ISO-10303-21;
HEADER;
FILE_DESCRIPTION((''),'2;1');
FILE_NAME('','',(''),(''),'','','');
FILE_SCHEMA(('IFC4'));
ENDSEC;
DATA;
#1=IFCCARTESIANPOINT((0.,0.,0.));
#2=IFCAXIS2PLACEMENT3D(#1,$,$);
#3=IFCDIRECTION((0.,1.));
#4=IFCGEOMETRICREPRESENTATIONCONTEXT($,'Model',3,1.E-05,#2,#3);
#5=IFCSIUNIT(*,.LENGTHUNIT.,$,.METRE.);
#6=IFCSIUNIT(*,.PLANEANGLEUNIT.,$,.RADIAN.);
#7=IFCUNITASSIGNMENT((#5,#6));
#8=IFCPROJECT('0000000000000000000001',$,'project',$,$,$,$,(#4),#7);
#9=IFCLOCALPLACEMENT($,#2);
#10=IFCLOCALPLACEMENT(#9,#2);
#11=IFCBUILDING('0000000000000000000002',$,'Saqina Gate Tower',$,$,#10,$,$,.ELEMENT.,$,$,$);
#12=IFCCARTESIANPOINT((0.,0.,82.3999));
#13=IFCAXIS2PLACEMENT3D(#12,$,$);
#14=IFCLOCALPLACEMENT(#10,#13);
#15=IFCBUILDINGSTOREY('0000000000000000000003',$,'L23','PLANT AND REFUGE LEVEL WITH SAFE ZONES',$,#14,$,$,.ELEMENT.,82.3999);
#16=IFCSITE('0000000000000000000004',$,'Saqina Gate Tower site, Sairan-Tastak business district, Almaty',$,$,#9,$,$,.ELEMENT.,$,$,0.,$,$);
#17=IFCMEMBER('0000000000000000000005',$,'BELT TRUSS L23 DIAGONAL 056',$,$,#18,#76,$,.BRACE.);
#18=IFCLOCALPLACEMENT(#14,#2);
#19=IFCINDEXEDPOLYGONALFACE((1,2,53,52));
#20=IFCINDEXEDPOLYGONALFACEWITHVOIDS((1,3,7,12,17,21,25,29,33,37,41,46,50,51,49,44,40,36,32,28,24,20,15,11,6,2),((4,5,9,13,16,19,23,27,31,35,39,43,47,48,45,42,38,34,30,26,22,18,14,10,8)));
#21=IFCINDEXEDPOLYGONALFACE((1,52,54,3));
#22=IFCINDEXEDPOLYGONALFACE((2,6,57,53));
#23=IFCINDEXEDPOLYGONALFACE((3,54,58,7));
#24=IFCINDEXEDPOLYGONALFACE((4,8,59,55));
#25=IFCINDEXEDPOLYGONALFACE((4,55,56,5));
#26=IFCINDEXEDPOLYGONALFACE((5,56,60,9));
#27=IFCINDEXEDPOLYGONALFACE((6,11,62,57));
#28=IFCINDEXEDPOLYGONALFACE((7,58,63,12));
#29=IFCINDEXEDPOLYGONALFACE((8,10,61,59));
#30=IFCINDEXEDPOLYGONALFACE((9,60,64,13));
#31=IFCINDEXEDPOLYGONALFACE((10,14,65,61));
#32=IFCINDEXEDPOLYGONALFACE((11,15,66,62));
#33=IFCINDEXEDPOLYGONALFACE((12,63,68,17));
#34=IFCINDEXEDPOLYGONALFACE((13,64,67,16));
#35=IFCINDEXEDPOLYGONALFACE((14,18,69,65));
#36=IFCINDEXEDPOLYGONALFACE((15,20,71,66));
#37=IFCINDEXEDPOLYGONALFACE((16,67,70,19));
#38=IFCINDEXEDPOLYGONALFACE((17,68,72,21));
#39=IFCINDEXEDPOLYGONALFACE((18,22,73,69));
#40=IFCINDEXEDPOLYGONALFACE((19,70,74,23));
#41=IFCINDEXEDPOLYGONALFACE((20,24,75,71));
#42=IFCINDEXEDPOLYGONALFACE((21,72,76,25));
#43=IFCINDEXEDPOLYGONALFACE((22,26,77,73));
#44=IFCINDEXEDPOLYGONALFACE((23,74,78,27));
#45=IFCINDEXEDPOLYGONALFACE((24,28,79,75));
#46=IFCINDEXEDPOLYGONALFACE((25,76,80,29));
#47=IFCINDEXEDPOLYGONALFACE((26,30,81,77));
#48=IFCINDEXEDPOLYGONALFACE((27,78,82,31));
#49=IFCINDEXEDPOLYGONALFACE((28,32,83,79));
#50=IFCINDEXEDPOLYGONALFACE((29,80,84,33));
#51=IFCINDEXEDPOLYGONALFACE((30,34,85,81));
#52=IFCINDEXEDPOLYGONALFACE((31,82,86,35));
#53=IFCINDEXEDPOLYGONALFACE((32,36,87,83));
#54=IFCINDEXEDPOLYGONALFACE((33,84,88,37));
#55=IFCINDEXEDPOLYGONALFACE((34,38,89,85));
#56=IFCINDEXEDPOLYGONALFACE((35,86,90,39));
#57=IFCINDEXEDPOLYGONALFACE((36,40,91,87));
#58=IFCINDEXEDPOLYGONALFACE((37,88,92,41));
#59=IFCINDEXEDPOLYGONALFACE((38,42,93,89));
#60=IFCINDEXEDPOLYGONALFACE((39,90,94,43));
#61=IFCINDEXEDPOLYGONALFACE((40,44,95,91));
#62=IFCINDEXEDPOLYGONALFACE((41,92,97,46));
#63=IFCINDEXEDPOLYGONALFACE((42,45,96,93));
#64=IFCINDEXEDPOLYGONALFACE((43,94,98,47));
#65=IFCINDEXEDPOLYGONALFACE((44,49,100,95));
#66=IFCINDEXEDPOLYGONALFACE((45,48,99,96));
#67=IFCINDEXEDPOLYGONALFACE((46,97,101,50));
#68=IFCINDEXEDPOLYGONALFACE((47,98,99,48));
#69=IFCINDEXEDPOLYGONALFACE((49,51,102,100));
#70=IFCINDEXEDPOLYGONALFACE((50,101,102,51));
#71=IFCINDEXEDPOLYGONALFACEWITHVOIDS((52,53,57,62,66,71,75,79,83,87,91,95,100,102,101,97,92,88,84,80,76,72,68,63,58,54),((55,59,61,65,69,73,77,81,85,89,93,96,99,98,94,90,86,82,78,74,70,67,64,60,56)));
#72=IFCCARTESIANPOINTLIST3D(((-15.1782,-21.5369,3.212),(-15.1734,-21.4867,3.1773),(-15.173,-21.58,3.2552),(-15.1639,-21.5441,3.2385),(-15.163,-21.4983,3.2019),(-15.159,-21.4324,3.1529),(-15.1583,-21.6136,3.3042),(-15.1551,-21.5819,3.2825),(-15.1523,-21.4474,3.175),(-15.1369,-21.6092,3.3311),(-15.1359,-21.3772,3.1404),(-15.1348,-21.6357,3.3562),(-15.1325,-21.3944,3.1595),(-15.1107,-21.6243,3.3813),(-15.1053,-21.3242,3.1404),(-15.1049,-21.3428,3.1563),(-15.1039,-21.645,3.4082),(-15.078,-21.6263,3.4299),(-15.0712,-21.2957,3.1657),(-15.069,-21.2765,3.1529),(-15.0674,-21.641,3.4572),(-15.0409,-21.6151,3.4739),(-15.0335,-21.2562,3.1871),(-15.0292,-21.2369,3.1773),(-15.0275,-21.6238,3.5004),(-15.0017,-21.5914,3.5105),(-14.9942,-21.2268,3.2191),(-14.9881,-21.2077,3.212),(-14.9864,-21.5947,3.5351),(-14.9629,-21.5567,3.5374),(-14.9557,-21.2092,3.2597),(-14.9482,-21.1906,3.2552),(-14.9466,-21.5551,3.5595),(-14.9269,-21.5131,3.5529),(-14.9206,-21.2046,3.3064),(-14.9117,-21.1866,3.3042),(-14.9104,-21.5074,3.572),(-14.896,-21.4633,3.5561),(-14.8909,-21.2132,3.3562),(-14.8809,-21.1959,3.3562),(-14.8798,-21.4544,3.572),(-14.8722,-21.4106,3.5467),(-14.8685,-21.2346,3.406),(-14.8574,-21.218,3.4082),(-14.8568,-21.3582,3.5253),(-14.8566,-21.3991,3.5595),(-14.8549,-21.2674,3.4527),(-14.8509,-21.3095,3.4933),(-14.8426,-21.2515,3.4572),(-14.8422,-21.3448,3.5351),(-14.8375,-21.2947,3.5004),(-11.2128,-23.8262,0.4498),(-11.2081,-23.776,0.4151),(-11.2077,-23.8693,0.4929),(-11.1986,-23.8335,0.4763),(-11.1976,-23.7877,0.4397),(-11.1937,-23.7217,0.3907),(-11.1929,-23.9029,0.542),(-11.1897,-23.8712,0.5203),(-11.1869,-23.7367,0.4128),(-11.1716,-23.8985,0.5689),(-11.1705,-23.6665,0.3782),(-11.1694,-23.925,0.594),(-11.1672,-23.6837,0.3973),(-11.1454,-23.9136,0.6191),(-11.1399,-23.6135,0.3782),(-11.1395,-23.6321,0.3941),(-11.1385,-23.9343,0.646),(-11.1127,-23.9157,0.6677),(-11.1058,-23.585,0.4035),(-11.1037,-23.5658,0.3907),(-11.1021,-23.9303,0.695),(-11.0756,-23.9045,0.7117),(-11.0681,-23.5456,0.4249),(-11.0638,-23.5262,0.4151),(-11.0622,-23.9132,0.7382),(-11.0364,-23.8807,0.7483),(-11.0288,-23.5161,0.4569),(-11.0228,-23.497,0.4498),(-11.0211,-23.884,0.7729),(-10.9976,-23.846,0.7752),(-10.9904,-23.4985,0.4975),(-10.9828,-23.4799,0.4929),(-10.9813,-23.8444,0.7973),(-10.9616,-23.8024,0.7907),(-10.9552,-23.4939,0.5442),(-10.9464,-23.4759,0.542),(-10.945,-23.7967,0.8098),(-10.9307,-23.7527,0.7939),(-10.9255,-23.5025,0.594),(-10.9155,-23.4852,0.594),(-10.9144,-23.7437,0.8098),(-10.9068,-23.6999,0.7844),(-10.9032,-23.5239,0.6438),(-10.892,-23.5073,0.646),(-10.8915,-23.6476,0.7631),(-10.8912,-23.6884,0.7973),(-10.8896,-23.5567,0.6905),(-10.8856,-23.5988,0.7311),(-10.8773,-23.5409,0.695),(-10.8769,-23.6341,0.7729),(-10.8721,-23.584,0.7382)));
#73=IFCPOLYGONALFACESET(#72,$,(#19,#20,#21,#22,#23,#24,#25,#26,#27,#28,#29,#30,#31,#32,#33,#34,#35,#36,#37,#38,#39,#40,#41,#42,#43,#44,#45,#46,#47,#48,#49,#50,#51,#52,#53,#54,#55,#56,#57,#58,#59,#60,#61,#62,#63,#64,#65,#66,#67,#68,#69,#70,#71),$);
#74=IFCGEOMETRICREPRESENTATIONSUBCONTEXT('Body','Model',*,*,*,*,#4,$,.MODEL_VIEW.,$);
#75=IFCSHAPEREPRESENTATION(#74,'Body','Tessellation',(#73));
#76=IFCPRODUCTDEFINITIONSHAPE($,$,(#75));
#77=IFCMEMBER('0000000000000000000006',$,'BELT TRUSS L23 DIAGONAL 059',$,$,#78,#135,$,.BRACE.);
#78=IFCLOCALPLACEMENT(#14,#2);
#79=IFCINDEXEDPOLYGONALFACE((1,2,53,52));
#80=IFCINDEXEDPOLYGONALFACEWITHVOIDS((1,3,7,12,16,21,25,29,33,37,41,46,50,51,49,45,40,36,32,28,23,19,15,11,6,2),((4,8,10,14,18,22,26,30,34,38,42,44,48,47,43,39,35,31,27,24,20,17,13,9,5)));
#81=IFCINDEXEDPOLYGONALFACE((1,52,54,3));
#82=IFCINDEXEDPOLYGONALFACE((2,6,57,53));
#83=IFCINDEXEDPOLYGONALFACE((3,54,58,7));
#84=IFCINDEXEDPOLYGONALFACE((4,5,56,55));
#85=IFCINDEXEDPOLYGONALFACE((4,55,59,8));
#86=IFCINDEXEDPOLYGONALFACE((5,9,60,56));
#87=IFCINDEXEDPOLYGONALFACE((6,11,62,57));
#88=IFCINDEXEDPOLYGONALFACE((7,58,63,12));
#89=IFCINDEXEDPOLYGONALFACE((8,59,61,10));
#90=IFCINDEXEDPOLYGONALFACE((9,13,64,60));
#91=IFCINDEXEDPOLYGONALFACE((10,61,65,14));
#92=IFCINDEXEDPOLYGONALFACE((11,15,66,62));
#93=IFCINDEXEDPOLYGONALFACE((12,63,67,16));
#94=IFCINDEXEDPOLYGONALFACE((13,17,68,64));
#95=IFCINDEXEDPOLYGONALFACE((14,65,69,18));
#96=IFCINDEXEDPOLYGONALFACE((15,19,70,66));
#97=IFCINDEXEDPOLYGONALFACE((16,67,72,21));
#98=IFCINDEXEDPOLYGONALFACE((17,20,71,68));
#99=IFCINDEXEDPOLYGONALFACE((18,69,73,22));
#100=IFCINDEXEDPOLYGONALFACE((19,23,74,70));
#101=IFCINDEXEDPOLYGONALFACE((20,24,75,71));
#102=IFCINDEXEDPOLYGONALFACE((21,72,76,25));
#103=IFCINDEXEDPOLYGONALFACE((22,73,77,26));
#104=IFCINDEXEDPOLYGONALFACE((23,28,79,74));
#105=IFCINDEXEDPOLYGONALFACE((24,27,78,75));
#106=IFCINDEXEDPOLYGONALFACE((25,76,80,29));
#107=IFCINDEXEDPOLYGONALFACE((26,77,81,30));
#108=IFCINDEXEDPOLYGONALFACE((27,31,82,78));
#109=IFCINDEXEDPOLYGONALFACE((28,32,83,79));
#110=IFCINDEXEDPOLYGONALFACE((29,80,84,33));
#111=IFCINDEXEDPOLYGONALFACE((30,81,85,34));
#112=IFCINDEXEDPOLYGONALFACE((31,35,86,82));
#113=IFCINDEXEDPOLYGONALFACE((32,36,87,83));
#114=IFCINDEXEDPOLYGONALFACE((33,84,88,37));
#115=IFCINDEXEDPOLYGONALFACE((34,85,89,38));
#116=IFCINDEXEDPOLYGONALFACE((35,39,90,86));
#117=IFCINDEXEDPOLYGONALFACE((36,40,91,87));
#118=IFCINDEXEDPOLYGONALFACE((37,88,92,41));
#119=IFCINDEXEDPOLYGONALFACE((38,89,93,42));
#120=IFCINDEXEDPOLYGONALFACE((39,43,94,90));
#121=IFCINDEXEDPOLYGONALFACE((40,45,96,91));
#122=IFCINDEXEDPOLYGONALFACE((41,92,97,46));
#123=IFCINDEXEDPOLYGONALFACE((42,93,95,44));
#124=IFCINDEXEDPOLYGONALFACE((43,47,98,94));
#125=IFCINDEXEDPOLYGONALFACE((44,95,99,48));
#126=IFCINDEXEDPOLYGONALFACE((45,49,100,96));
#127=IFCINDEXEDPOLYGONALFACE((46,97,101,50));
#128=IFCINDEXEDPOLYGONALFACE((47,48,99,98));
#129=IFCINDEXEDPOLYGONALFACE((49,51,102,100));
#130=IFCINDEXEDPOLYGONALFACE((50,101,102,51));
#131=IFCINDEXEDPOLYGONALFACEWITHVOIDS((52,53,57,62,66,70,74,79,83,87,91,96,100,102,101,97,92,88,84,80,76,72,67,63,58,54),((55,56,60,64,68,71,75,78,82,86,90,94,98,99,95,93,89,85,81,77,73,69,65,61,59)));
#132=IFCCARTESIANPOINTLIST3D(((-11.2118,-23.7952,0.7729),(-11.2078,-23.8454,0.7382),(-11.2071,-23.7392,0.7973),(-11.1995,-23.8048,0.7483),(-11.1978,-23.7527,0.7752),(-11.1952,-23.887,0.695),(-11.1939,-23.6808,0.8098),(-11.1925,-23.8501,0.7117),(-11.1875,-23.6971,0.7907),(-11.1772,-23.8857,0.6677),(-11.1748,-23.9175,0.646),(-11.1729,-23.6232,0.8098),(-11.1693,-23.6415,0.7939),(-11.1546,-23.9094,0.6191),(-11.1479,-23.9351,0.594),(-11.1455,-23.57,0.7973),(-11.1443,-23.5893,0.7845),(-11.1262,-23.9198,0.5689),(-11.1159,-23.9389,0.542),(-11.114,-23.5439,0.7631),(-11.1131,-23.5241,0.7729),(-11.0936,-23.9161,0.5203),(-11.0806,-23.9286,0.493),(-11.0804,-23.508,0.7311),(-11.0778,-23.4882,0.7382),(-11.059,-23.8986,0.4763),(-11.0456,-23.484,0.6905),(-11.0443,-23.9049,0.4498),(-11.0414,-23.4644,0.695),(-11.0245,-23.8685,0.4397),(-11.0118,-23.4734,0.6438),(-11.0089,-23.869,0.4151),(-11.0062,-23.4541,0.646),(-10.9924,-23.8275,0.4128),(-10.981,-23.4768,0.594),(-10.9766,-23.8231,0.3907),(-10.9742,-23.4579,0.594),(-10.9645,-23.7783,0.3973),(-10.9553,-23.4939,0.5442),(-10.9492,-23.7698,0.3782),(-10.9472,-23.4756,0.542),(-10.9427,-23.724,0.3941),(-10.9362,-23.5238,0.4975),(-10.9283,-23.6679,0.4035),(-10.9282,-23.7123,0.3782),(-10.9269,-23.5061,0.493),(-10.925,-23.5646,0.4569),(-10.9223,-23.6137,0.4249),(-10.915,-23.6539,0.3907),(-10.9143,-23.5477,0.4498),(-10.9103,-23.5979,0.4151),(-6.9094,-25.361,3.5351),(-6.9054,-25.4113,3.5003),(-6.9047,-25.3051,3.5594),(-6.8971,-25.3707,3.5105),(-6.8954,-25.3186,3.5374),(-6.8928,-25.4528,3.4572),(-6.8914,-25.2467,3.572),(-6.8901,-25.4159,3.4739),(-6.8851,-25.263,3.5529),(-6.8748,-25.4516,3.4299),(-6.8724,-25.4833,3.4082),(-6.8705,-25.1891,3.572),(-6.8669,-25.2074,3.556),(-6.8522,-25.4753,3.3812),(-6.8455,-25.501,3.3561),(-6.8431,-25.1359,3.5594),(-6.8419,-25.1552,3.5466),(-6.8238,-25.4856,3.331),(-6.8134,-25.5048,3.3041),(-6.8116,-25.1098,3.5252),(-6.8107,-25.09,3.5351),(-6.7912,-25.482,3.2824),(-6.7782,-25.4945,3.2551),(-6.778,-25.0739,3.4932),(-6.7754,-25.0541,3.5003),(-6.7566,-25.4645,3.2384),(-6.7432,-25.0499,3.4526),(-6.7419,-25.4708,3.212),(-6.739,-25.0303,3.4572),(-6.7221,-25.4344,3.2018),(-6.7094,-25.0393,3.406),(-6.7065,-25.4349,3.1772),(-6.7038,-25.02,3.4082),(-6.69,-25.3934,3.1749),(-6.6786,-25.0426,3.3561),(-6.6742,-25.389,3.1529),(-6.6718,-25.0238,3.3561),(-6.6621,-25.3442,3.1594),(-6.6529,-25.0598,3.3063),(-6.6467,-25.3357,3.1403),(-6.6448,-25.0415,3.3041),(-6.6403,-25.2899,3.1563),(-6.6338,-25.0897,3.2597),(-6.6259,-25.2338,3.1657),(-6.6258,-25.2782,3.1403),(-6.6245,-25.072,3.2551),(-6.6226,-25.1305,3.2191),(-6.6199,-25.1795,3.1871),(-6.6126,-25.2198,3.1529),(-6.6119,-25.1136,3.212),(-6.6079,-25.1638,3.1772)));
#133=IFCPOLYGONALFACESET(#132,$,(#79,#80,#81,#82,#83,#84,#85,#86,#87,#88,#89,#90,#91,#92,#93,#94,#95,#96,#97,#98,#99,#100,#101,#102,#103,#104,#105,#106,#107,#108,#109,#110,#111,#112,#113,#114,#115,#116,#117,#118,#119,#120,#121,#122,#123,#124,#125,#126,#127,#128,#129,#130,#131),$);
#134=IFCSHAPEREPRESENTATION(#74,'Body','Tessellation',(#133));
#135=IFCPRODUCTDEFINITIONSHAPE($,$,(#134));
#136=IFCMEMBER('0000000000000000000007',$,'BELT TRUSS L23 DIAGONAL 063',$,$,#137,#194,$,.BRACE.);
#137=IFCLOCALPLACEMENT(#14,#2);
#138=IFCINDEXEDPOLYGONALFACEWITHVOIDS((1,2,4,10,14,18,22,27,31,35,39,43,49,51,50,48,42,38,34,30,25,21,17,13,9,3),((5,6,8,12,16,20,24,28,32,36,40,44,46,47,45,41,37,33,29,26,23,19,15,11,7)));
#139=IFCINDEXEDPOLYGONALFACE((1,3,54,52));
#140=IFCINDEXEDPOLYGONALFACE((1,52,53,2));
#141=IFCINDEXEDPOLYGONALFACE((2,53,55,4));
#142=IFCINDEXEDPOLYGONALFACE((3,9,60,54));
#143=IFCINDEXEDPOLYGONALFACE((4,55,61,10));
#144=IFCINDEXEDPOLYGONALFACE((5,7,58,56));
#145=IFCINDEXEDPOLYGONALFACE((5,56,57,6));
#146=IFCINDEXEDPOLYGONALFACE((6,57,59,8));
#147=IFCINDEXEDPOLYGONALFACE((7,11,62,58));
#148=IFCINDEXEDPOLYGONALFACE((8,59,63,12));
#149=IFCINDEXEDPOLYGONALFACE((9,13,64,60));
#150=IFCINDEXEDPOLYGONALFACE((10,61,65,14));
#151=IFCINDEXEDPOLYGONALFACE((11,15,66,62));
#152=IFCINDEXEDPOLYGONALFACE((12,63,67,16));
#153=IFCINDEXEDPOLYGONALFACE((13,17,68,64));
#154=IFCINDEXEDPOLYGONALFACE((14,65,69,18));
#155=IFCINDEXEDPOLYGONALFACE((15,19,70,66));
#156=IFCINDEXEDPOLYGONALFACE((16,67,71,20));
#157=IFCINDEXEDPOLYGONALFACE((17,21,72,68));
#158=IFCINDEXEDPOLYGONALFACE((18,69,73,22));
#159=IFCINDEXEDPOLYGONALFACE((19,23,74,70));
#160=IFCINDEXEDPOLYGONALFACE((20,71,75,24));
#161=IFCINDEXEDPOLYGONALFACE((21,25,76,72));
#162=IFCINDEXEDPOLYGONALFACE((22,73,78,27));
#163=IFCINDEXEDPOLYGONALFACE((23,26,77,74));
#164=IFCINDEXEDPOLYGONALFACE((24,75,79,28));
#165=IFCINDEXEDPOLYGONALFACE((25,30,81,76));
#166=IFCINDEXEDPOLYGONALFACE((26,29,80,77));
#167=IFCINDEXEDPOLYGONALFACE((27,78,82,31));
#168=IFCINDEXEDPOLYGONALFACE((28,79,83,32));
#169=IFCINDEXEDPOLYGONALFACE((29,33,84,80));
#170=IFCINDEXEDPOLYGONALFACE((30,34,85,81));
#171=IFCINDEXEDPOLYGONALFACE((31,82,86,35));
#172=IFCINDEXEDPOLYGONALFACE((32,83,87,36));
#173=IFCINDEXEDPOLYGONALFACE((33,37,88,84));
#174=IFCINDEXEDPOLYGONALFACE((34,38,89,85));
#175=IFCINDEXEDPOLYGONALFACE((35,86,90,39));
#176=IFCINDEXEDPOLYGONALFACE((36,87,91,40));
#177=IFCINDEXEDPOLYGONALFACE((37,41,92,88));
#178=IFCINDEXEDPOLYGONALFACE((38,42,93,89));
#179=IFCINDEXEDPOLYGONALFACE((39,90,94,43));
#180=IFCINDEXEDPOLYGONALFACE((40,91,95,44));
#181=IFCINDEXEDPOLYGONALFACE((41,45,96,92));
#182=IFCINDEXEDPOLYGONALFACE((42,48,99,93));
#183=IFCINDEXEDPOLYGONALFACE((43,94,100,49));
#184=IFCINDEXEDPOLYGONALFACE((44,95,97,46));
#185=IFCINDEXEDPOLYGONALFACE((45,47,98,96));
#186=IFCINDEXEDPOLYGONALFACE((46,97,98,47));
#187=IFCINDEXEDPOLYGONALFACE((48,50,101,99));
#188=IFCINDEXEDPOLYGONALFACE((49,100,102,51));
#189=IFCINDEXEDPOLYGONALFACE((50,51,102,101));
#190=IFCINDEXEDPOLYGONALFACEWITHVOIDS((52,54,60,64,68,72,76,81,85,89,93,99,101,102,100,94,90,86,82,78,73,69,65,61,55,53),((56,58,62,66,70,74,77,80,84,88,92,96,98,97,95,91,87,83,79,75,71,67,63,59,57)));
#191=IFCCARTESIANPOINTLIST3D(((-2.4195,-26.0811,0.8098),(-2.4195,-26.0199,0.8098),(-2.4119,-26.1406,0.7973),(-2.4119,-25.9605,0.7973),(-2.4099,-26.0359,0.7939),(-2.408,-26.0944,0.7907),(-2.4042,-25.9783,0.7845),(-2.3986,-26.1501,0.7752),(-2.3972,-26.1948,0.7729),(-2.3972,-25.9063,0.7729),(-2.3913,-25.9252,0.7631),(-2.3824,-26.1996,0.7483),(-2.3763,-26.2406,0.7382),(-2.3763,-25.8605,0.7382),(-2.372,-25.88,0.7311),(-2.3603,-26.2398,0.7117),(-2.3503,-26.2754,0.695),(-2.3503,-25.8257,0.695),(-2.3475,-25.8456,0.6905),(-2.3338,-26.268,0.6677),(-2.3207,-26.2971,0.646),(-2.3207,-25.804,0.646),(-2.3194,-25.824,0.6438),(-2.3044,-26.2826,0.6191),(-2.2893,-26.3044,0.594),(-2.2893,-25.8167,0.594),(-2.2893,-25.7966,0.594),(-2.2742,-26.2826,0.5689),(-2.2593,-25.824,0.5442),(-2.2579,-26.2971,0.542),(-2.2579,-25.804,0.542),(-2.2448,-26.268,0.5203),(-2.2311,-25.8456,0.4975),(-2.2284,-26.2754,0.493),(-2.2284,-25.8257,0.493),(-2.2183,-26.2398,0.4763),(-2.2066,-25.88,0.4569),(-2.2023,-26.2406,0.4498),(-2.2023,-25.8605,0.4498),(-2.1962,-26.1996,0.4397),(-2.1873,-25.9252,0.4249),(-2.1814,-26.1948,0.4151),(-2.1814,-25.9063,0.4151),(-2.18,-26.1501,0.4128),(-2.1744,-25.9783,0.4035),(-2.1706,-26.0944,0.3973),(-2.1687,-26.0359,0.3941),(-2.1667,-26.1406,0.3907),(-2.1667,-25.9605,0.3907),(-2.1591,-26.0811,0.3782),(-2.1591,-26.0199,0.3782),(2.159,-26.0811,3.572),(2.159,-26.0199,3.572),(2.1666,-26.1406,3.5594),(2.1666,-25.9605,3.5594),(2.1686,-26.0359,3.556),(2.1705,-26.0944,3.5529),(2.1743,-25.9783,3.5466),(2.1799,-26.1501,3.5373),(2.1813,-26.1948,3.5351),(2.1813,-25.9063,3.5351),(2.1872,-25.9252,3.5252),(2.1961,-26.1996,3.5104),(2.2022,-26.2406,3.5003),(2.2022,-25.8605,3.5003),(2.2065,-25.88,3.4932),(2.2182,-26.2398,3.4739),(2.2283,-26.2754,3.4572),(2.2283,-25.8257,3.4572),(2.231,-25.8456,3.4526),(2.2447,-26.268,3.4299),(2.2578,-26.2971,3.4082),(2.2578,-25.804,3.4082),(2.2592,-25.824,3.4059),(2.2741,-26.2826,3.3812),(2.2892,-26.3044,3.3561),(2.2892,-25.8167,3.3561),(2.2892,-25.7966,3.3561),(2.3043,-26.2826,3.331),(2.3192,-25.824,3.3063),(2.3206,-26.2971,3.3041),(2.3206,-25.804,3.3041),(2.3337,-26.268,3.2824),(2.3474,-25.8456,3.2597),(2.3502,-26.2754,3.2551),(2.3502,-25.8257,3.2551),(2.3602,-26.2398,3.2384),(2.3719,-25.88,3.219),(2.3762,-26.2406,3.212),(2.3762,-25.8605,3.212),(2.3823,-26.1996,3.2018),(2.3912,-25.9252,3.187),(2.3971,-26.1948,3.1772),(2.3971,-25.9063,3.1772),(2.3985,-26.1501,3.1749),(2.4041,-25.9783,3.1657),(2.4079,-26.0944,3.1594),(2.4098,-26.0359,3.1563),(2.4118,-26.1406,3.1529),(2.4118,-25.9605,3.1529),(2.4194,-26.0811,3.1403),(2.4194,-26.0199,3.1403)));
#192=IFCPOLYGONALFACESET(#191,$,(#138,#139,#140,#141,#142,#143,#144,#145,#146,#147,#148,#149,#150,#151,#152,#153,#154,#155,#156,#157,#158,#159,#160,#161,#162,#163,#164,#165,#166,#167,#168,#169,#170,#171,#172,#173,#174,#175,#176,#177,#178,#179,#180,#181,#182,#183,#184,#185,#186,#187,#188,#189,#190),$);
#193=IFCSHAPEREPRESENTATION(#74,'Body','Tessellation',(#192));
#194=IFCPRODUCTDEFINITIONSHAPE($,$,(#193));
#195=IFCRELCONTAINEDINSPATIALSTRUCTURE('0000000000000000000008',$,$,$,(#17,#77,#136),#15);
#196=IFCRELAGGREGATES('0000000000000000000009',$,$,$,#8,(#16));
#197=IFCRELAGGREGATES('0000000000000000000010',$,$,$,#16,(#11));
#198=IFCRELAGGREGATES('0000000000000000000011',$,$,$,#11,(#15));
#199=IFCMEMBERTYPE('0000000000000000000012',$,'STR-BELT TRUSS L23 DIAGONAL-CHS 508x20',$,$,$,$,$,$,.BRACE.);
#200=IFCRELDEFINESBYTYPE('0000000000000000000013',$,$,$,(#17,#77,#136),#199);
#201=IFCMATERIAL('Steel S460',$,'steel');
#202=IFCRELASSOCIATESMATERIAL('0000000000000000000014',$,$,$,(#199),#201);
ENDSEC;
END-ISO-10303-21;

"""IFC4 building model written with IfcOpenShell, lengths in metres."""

from ifc_helpers import new_model, si_unit, direction, frame, origin, origin_2d, place, context, subcontext, project, spatial, hollow_circle, extrude, material, material_profile, profile_set, type_object, element, save


model = new_model("IFC4")

# Units and contexts
model_context = context("Model", 3, precision=1e-05, world=origin(), true_north=direction((0.0, 1.0)))
body_context = subcontext(model_context, "Body", "Model", "MODEL_VIEW")
ifc_project = project(units=[si_unit("LENGTHUNIT", "METRE"), si_unit("PLANEANGLEUNIT", "RADIAN")], contexts=[model_context])

# Site, building, storey
site_placement = place(None, origin())
site = spatial("IfcSite", under=ifc_project, at=site_placement, Name="Saqina Gate Tower site, Sairan-Tastak business district, Almaty", CompositionType="ELEMENT", RefElevation=0.0)
building_placement = place(site_placement, origin())
building = spatial("IfcBuilding", under=site, at=building_placement, Name="Saqina Gate Tower", CompositionType="ELEMENT")
storey_placement = place(building_placement, frame((0.0, 0.0, 82.3999)))
storey = spatial("IfcBuildingStorey", under=building, at=storey_placement, Name="L23", Description="PLANT AND REFUGE LEVEL WITH SAFE ZONES", CompositionType="ELEMENT", Elevation=82.3999)

# Members
ifc_material_1 = material(Name="Steel S460", Category="steel")
ifc_material_profile_1 = material_profile(ifc_material_1, hollow_circle(Radius=0.2539, WallThickness=0.02, at=origin_2d()), Name="CHS 508x20")
ifc_profile_set_1 = profile_set([ifc_material_profile_1], Name="Steel S460")
member_type_1 = type_object("IfcMemberType", Name="STR-BELT TRUSS L23 DIAGONAL-CHS 508x20", PredefinedType="BRACE", material=ifc_profile_set_1)
member_1_placement = place(storey_placement, frame((-15.0078, -21.4158, 3.3562), z_axis=(0.741545, -0.428117, -0.516552), x_axis=(0.499987, 0.866033, 0.0)))
element("IfcMember", 1, at=member_1_placement, inside=storey, type_object=member_type_1, Name="BELT TRUSS L23 DIAGONAL 056", PredefinedType="BRACE", context=body_context, shape_type="SweptSolid", body=[
    extrude(hollow_circle(Radius=0.2539, WallThickness=0.02, at=origin_2d()), origin(), (0.0, 0.0, 1.0), 5.3474),
])
for number, where, z_axis, x_axis, name in (
    (2, (-11.061, -23.6965, 0.594), (0.804614, -0.292844, 0.516564), (0.342008, 0.939697, 0.0), "BELT TRUSS L23 DIAGONAL 059"),
    (3, (-2.2893, -26.0505, 0.594), (0.85625, 0.0, 0.516562), (0.0, 1.0, 0.0), "BELT TRUSS L23 DIAGONAL 063"),
):
    element("IfcMember", number, at=place(storey_placement, frame(where, z_axis=z_axis, x_axis=x_axis)), inside=storey, type_object=member_type_1, Name=name, PredefinedType="BRACE", context=body_context, shape_type="SweptSolid", body=[
        extrude(hollow_circle(Radius=0.2539, WallThickness=0.02, at=origin_2d()), origin(), (0.0, 0.0, 1.0), 5.3472),
    ])

save(model, "model.ifc")
